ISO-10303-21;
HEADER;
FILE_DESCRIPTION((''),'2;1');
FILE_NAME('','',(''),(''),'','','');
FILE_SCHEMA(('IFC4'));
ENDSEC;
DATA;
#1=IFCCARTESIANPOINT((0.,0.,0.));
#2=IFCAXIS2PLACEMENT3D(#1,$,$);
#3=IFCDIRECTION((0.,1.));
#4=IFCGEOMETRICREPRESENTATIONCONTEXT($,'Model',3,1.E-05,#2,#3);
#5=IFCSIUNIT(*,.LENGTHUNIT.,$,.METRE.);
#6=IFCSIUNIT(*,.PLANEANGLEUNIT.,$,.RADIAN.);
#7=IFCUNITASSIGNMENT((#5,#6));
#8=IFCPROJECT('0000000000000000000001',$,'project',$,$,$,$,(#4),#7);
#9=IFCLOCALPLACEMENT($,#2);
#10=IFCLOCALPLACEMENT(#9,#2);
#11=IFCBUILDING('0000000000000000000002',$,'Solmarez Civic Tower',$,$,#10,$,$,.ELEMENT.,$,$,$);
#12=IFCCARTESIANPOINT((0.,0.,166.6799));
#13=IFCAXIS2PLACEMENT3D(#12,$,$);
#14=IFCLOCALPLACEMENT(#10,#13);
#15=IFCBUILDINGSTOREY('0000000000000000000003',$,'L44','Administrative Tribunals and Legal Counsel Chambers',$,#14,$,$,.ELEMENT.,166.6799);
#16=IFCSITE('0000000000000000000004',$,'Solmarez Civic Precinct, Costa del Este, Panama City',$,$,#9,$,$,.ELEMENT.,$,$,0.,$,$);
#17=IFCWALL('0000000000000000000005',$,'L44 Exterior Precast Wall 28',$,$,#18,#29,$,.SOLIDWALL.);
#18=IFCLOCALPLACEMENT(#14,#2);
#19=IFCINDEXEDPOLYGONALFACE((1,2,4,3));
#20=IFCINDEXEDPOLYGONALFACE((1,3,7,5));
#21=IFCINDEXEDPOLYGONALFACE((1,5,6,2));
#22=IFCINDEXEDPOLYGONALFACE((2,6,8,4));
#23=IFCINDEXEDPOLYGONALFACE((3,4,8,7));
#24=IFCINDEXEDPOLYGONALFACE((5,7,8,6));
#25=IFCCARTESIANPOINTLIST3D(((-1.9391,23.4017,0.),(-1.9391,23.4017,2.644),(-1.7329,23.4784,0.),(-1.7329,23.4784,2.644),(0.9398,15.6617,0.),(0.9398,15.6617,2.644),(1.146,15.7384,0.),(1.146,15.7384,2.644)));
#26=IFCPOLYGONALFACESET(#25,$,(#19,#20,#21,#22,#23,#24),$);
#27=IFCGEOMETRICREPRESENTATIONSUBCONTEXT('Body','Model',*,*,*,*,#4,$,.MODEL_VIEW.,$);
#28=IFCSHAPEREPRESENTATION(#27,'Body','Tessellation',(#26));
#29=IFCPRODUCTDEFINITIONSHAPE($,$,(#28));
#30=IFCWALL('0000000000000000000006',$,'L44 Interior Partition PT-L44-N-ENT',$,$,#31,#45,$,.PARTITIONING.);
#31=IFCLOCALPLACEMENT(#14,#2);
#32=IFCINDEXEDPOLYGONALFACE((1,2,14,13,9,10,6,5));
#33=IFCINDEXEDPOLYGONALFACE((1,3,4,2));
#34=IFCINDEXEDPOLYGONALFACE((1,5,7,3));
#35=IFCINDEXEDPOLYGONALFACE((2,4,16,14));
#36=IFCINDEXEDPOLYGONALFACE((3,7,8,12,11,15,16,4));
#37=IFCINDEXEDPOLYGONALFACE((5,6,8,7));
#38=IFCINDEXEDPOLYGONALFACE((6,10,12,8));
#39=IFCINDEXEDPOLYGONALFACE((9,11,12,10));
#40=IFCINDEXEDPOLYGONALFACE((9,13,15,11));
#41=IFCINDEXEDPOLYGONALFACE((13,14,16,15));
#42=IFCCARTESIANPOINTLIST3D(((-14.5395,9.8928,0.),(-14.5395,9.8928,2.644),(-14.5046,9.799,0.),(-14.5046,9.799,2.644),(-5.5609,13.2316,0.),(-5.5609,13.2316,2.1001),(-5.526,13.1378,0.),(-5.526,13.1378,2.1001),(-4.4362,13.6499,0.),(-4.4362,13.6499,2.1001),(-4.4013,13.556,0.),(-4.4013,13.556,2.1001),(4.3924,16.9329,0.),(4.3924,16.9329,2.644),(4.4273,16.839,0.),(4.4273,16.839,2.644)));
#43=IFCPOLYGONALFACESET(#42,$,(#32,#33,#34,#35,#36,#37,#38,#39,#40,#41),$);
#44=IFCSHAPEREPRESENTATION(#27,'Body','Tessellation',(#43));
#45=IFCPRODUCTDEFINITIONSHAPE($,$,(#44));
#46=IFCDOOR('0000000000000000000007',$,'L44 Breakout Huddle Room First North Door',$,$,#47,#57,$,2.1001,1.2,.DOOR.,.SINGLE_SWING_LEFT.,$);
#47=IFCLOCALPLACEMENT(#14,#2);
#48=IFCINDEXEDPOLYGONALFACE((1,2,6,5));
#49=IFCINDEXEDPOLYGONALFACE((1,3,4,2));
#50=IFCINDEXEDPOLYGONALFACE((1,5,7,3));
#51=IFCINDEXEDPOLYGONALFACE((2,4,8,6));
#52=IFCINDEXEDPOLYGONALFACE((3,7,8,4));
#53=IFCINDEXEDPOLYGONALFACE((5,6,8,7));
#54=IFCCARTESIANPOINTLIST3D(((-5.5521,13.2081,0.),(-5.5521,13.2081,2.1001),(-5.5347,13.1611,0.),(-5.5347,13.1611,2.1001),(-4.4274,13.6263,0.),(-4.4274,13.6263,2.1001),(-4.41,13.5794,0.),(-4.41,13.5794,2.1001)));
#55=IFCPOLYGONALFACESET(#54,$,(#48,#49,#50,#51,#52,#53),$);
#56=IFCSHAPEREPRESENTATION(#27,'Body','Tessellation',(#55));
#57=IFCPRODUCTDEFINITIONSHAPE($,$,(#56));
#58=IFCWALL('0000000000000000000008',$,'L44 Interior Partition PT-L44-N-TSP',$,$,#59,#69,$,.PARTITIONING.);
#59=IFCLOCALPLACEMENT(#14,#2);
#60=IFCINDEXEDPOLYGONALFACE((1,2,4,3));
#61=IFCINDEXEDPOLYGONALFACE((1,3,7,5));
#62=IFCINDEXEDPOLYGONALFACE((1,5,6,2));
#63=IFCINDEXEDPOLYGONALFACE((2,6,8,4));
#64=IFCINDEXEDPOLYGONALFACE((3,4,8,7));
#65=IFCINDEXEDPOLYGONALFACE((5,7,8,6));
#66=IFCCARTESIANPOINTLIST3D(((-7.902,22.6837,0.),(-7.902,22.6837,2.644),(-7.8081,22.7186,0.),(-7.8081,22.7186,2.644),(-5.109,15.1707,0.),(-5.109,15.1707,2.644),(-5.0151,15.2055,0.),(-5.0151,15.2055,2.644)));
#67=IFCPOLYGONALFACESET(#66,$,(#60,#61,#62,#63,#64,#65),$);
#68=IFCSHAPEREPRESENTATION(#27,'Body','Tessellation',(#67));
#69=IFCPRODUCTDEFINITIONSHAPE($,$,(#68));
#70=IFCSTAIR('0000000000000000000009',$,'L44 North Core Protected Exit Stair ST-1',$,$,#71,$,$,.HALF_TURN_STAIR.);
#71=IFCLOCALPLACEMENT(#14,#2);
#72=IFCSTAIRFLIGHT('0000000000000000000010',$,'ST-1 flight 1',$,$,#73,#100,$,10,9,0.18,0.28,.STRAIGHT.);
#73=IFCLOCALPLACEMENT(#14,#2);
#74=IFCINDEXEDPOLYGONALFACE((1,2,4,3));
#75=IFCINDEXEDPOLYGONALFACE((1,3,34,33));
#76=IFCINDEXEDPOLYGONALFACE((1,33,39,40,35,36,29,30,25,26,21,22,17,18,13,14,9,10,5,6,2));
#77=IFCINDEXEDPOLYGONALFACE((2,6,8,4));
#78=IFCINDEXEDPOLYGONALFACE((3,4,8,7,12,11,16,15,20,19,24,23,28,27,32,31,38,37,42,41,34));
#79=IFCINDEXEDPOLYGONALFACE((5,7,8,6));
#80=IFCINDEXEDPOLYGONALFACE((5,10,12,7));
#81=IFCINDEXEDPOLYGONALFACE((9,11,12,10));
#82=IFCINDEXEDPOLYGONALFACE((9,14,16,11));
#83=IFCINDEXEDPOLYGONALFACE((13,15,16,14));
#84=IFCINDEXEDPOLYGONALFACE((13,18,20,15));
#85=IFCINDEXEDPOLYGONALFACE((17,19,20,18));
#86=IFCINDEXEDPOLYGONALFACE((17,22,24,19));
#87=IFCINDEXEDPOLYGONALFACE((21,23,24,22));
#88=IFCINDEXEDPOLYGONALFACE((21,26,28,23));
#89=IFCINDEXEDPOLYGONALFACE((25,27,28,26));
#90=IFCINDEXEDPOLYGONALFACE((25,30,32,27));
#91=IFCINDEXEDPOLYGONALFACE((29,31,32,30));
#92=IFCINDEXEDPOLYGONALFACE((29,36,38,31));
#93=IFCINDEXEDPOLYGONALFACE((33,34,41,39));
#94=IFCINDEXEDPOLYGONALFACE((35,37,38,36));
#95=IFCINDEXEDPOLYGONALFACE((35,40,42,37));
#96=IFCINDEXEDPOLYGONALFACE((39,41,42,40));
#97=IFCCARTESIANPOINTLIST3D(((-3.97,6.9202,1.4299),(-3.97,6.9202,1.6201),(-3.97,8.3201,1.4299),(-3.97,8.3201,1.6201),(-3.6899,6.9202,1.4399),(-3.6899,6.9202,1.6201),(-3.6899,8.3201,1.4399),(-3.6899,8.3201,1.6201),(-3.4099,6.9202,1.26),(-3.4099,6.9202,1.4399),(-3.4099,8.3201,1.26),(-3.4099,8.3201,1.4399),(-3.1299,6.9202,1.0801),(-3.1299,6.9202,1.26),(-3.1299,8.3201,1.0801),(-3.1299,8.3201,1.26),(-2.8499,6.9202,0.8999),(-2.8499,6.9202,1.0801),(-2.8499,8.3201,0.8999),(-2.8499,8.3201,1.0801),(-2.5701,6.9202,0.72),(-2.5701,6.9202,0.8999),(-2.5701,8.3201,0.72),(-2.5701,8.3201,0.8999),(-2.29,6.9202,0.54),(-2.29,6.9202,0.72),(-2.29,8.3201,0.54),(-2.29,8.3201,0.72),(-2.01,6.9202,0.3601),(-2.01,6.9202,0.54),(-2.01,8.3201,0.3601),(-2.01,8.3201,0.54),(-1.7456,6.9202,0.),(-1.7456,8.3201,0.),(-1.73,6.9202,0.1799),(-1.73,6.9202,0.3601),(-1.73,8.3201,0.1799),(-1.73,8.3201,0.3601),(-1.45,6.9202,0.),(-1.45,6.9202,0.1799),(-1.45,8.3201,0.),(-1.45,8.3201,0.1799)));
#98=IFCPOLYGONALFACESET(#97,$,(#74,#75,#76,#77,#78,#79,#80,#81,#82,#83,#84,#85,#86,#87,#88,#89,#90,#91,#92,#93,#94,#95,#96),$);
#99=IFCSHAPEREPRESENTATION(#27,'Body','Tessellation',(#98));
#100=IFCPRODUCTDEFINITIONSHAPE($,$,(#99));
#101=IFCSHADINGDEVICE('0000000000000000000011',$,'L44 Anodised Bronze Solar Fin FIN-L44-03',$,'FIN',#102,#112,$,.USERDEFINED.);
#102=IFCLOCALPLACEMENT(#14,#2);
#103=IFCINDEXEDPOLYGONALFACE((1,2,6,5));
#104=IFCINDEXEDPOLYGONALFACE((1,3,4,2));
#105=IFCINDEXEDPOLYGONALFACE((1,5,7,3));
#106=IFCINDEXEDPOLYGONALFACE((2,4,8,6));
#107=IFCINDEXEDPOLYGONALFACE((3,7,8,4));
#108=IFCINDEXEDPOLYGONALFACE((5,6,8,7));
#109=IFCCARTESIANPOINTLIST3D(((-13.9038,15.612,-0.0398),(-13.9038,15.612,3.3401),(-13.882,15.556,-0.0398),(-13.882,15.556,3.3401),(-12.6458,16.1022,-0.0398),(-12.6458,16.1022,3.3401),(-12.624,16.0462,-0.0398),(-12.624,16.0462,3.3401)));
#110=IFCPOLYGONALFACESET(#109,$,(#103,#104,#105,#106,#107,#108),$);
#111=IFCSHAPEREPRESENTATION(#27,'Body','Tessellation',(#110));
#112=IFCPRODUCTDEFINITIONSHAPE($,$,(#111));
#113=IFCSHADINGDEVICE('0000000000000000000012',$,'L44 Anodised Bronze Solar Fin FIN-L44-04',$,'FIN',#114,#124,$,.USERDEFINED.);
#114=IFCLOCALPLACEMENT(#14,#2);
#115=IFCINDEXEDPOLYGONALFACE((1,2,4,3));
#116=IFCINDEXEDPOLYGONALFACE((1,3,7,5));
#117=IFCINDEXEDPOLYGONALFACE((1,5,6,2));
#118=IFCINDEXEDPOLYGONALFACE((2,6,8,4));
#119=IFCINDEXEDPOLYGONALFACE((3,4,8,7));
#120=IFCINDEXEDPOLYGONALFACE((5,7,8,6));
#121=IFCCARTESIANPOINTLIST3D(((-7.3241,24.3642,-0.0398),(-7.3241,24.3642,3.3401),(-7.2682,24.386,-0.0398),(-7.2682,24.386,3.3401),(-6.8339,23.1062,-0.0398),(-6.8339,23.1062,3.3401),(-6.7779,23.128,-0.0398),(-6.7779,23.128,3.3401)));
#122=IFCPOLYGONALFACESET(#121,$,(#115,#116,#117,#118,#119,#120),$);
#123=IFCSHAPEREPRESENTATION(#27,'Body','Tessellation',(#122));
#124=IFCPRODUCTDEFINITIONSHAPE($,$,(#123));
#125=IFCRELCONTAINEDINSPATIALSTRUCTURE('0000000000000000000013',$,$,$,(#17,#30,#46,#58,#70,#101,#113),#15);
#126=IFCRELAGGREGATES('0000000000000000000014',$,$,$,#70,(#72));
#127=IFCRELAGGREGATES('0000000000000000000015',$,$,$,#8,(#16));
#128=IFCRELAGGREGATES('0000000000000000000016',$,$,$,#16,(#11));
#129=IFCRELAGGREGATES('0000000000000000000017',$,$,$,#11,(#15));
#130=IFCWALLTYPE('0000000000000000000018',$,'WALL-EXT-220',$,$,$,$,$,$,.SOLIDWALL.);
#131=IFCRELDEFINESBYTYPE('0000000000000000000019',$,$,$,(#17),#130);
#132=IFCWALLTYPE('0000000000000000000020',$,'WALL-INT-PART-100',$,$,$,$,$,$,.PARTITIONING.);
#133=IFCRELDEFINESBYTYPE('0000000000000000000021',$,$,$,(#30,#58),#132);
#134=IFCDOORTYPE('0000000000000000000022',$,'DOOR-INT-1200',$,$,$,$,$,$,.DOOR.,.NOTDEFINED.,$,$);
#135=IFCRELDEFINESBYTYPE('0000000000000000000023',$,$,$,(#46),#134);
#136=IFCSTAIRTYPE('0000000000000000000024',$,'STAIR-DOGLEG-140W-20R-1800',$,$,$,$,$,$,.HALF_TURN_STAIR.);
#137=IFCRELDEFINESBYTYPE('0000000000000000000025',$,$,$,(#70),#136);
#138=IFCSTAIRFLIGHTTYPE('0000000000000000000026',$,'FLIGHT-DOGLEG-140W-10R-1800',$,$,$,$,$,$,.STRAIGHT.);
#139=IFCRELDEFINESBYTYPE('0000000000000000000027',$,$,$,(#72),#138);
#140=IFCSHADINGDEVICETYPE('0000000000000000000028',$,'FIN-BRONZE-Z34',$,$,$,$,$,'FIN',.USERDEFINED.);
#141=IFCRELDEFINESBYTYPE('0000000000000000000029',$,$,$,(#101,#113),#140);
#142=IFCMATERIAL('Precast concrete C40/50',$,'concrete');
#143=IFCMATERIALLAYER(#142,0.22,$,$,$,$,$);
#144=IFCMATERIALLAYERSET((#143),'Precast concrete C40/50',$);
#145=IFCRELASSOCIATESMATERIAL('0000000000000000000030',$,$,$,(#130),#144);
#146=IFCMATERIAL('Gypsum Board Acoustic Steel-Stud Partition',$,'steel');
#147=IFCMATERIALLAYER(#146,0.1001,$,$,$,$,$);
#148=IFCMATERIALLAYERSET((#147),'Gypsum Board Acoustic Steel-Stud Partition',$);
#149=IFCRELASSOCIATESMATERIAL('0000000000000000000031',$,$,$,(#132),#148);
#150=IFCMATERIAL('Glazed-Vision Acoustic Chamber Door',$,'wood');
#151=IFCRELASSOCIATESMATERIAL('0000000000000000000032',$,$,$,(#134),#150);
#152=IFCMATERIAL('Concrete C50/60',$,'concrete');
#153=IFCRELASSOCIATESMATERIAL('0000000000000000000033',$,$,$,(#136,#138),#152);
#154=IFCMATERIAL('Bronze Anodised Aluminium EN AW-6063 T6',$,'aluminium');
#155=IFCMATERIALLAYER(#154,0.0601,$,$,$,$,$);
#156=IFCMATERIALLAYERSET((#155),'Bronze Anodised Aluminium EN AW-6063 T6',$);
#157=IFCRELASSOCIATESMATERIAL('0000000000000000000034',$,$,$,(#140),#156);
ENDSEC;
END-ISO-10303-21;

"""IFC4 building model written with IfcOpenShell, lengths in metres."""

from ifc_helpers import new_model, si_unit, direction, frame, frame_2d, origin, origin_2d, place, context, subcontext, project, spatial, polyline, rectangle, outline, extrude, material, layer, layer_set, type_object, element, fill, aggregate, save


model = new_model("IFC4")

# Units and contexts
model_context = context("Model", 3, precision=1e-05, world=origin(), true_north=direction((0.0, 1.0)))
body_context = subcontext(model_context, "Body", "Model", "MODEL_VIEW")
ifc_project = project(units=[si_unit("LENGTHUNIT", "METRE"), si_unit("PLANEANGLEUNIT", "RADIAN")], contexts=[model_context])

# Site, building, storey
site_placement = place(None, origin())
site = spatial("IfcSite", under=ifc_project, at=site_placement, Name="Solmarez Civic Precinct, Costa del Este, Panama City", CompositionType="ELEMENT", RefElevation=0.0)
building_placement = place(site_placement, origin())
building = spatial("IfcBuilding", under=site, at=building_placement, Name="Solmarez Civic Tower", CompositionType="ELEMENT")
storey_placement = place(building_placement, frame((0.0, 0.0, 166.6799)))
storey = spatial("IfcBuildingStorey", under=building, at=storey_placement, Name="L44", Description="Administrative Tribunals and Legal Counsel Chambers", CompositionType="ELEMENT", Elevation=166.6799)

# Shared definitions
ifc_material_1 = material(Name="Concrete C50/60", Category="concrete")

# Shared definitions
ifc_material_2 = material(Name="Precast concrete C40/50", Category="concrete")
ifc_layer_1 = layer(ifc_material_2, 0.22)
ifc_layer_set_1 = layer_set([ifc_layer_1], Name="Precast concrete C40/50")
wall_type_1 = type_object("IfcWallType", Name="WALL-EXT-220", PredefinedType="SOLIDWALL", material=ifc_layer_set_1)

# Wall
wall_1_placement = place(storey_placement, frame((-1.8359, 23.4399, 0.0), z_axis=(0.0, 0.0, 1.0), x_axis=(0.348618, -0.937265, 0.0)))
element("IfcWall", 1, at=wall_1_placement, inside=storey, type_object=wall_type_1, Name="L44 Exterior Precast Wall 28", PredefinedType="SOLIDWALL", context=body_context, shape_type="SweptSolid", body=[
    extrude(rectangle(XDim=8.2581, YDim=0.22, at=frame_2d((4.1289, 0.0))), origin(), (0.0, 0.0, 1.0), 2.644),
])

# Wall, opening, door
ifc_material_3 = material(Name="Gypsum Board Acoustic Steel-Stud Partition", Category="steel")
ifc_layer_2 = layer(ifc_material_3, 0.1001)
ifc_layer_set_2 = layer_set([ifc_layer_2], Name="Gypsum Board Acoustic Steel-Stud Partition")
wall_type_2 = type_object("IfcWallType", Name="WALL-INT-PART-100", PredefinedType="PARTITIONING", material=ifc_layer_set_2)
wall_2_placement = place(storey_placement, frame((-14.522, 9.8459, 0.0), z_axis=(0.0, 0.0, 1.0), x_axis=(0.937293, 0.348543, 0.0)))
wall_2 = element("IfcWall", 2, at=wall_2_placement, inside=storey, type_object=wall_type_2, Name="L44 Interior Partition PT-L44-N-ENT", PredefinedType="PARTITIONING", context=body_context, shape_type="SweptSolid", body=[
    extrude(rectangle(XDim=20.1985, YDim=0.1001, at=frame_2d((10.0991, 0.0))), origin(), (0.0, 0.0, 1.0), 2.644),
])
opening_1_placement = place(wall_2_placement, frame((9.5791, 0.0, 0.0)))
opening_1 = element("IfcOpeningElement", 3, at=opening_1_placement, cuts=wall_2, PredefinedType="OPENING", context=body_context, shape_type="SweptSolid", body=[
    extrude(rectangle(XDim=1.2, YDim=2.1001, at=frame_2d((0.6001, 1.05))), frame((0.0, 0.0601, 0.0), z_axis=(0.0, -1.0, 0.0), x_axis=(1.0, 0.0, 0.0)), (0.0, 0.0, 1.0), 0.1201),
])
ifc_material_4 = material(Name="Glazed-Vision Acoustic Chamber Door", Category="wood")
door_type = type_object("IfcDoorType", Name="DOOR-INT-1200", OperationType="NOTDEFINED", PredefinedType="DOOR", material=ifc_material_4)
door_placement = place(opening_1_placement, origin())
door = element("IfcDoor", 4, at=door_placement, inside=storey, type_object=door_type, Name="L44 Breakout Huddle Room First North Door", OperationType="SINGLE_SWING_LEFT", OverallHeight=2.1001, OverallWidth=1.2, PredefinedType="DOOR", context=body_context, shape_type="SweptSolid", body=[
    extrude(rectangle(XDim=1.2, YDim=2.1001, at=frame_2d((0.6001, 1.05))), frame((0.0, 0.0249, 0.0), z_axis=(0.0, -1.0, 0.0), x_axis=(1.0, 0.0, 0.0)), (0.0, 0.0, 1.0), 0.05),
])
fill(opening_1, door)

# Wall
wall_3_placement = place(storey_placement, frame((-5.062, 15.188, 0.0), z_axis=(0.0, 0.0, 1.0), x_axis=(-0.348455, 0.937326, 0.0)))
element("IfcWall", 5, at=wall_3_placement, inside=storey, type_object=wall_type_2, Name="L44 Interior Partition PT-L44-N-TSP", PredefinedType="PARTITIONING", context=body_context, shape_type="SweptSolid", body=[
    extrude(rectangle(XDim=8.0154, YDim=0.1001, at=frame_2d((4.0078, 0.0))), origin(), (0.0, 0.0, 1.0), 2.644),
])

# Stair, stair flight
stair_type = type_object("IfcStairType", Name="STAIR-DOGLEG-140W-20R-1800", PredefinedType="HALF_TURN_STAIR", material=ifc_material_1)
stair_placement = place(storey_placement, origin())
stair = element("IfcStair", 6, at=stair_placement, inside=storey, type_object=stair_type, Name="L44 North Core Protected Exit Stair ST-1", PredefinedType="HALF_TURN_STAIR")
stair_flight_type = type_object("IfcStairFlightType", Name="FLIGHT-DOGLEG-140W-10R-1800", PredefinedType="STRAIGHT", material=ifc_material_1)
stair_flight_placement = place(storey_placement, frame((-1.45, 7.6201, 0.0), z_axis=(0.0, 0.0, 1.0), x_axis=(-1.0, 0.0, 0.0)))
stair_flight = element("IfcStairFlight", 7, at=stair_flight_placement, type_object=stair_flight_type, Name="ST-1 flight 1", NumberOfRisers=10, NumberOfTreads=9, PredefinedType="STRAIGHT", RiserHeight=0.18, TreadLength=0.28, context=body_context, shape_type="SweptSolid", body=[
    extrude(outline(polyline([(0.0, 0.0), (0.0, 0.1799), (0.28, 0.1799), (0.28, 0.3601), (0.5601, 0.3601), (0.5601, 0.54), (0.8401, 0.54), (0.8401, 0.72), (1.1201, 0.72), (1.1201, 0.8999), (1.3999, 0.8999), (1.3999, 1.0801), (1.6799, 1.0801), (1.6799, 1.26), (1.96, 1.26), (1.96, 1.4399), (2.24, 1.4399), (2.24, 1.6201), (2.52, 1.6201), (2.52, 1.8), (2.52, 1.4299), (0.2957, 0.0), (0.0, 0.0)])), frame((0.0, 0.7, 0.0), z_axis=(0.0, -1.0, 0.0), x_axis=(1.0, 0.0, 0.0)), (0.0, 0.0, 1.0), 1.3999),
])
aggregate(stair, [stair_flight])

# Shading devices
ifc_material_5 = material(Name="Bronze Anodised Aluminium EN AW-6063 T6", Category="aluminium")
ifc_layer_3 = layer(ifc_material_5, 0.0601)
ifc_layer_set_3 = layer_set([ifc_layer_3], Name="Bronze Anodised Aluminium EN AW-6063 T6")
shading_device_type = type_object("IfcShadingDeviceType", Name="FIN-BRONZE-Z34", ElementType="FIN", PredefinedType="USERDEFINED", material=ifc_layer_set_3)
for number, where, z_axis, x_axis, name in (
    (8, (-13.2639, 15.8291, -0.0398), (0.0, 0.0, 1.0), (-0.931761, -0.363072, 0.0), "L44 Anodised Bronze Solar Fin FIN-L44-03"),
    (9, (-7.051, 23.7461, -0.0398), (0.0, 0.0, 1.0), (-0.363105, 0.931748, 0.0), "L44 Anodised Bronze Solar Fin FIN-L44-04"),
):
    element("IfcShadingDevice", number, at=place(storey_placement, frame(where, z_axis=z_axis, x_axis=x_axis)), inside=storey, type_object=shading_device_type, Name=name, ObjectType="FIN", PredefinedType="USERDEFINED", context=body_context, shape_type="SweptSolid", body=[
        extrude(rectangle(XDim=1.3501, YDim=0.0601, at=origin_2d()), origin(), (0.0, 0.0, 1.0), 3.3799),
    ])

save(model, "model.ifc")
